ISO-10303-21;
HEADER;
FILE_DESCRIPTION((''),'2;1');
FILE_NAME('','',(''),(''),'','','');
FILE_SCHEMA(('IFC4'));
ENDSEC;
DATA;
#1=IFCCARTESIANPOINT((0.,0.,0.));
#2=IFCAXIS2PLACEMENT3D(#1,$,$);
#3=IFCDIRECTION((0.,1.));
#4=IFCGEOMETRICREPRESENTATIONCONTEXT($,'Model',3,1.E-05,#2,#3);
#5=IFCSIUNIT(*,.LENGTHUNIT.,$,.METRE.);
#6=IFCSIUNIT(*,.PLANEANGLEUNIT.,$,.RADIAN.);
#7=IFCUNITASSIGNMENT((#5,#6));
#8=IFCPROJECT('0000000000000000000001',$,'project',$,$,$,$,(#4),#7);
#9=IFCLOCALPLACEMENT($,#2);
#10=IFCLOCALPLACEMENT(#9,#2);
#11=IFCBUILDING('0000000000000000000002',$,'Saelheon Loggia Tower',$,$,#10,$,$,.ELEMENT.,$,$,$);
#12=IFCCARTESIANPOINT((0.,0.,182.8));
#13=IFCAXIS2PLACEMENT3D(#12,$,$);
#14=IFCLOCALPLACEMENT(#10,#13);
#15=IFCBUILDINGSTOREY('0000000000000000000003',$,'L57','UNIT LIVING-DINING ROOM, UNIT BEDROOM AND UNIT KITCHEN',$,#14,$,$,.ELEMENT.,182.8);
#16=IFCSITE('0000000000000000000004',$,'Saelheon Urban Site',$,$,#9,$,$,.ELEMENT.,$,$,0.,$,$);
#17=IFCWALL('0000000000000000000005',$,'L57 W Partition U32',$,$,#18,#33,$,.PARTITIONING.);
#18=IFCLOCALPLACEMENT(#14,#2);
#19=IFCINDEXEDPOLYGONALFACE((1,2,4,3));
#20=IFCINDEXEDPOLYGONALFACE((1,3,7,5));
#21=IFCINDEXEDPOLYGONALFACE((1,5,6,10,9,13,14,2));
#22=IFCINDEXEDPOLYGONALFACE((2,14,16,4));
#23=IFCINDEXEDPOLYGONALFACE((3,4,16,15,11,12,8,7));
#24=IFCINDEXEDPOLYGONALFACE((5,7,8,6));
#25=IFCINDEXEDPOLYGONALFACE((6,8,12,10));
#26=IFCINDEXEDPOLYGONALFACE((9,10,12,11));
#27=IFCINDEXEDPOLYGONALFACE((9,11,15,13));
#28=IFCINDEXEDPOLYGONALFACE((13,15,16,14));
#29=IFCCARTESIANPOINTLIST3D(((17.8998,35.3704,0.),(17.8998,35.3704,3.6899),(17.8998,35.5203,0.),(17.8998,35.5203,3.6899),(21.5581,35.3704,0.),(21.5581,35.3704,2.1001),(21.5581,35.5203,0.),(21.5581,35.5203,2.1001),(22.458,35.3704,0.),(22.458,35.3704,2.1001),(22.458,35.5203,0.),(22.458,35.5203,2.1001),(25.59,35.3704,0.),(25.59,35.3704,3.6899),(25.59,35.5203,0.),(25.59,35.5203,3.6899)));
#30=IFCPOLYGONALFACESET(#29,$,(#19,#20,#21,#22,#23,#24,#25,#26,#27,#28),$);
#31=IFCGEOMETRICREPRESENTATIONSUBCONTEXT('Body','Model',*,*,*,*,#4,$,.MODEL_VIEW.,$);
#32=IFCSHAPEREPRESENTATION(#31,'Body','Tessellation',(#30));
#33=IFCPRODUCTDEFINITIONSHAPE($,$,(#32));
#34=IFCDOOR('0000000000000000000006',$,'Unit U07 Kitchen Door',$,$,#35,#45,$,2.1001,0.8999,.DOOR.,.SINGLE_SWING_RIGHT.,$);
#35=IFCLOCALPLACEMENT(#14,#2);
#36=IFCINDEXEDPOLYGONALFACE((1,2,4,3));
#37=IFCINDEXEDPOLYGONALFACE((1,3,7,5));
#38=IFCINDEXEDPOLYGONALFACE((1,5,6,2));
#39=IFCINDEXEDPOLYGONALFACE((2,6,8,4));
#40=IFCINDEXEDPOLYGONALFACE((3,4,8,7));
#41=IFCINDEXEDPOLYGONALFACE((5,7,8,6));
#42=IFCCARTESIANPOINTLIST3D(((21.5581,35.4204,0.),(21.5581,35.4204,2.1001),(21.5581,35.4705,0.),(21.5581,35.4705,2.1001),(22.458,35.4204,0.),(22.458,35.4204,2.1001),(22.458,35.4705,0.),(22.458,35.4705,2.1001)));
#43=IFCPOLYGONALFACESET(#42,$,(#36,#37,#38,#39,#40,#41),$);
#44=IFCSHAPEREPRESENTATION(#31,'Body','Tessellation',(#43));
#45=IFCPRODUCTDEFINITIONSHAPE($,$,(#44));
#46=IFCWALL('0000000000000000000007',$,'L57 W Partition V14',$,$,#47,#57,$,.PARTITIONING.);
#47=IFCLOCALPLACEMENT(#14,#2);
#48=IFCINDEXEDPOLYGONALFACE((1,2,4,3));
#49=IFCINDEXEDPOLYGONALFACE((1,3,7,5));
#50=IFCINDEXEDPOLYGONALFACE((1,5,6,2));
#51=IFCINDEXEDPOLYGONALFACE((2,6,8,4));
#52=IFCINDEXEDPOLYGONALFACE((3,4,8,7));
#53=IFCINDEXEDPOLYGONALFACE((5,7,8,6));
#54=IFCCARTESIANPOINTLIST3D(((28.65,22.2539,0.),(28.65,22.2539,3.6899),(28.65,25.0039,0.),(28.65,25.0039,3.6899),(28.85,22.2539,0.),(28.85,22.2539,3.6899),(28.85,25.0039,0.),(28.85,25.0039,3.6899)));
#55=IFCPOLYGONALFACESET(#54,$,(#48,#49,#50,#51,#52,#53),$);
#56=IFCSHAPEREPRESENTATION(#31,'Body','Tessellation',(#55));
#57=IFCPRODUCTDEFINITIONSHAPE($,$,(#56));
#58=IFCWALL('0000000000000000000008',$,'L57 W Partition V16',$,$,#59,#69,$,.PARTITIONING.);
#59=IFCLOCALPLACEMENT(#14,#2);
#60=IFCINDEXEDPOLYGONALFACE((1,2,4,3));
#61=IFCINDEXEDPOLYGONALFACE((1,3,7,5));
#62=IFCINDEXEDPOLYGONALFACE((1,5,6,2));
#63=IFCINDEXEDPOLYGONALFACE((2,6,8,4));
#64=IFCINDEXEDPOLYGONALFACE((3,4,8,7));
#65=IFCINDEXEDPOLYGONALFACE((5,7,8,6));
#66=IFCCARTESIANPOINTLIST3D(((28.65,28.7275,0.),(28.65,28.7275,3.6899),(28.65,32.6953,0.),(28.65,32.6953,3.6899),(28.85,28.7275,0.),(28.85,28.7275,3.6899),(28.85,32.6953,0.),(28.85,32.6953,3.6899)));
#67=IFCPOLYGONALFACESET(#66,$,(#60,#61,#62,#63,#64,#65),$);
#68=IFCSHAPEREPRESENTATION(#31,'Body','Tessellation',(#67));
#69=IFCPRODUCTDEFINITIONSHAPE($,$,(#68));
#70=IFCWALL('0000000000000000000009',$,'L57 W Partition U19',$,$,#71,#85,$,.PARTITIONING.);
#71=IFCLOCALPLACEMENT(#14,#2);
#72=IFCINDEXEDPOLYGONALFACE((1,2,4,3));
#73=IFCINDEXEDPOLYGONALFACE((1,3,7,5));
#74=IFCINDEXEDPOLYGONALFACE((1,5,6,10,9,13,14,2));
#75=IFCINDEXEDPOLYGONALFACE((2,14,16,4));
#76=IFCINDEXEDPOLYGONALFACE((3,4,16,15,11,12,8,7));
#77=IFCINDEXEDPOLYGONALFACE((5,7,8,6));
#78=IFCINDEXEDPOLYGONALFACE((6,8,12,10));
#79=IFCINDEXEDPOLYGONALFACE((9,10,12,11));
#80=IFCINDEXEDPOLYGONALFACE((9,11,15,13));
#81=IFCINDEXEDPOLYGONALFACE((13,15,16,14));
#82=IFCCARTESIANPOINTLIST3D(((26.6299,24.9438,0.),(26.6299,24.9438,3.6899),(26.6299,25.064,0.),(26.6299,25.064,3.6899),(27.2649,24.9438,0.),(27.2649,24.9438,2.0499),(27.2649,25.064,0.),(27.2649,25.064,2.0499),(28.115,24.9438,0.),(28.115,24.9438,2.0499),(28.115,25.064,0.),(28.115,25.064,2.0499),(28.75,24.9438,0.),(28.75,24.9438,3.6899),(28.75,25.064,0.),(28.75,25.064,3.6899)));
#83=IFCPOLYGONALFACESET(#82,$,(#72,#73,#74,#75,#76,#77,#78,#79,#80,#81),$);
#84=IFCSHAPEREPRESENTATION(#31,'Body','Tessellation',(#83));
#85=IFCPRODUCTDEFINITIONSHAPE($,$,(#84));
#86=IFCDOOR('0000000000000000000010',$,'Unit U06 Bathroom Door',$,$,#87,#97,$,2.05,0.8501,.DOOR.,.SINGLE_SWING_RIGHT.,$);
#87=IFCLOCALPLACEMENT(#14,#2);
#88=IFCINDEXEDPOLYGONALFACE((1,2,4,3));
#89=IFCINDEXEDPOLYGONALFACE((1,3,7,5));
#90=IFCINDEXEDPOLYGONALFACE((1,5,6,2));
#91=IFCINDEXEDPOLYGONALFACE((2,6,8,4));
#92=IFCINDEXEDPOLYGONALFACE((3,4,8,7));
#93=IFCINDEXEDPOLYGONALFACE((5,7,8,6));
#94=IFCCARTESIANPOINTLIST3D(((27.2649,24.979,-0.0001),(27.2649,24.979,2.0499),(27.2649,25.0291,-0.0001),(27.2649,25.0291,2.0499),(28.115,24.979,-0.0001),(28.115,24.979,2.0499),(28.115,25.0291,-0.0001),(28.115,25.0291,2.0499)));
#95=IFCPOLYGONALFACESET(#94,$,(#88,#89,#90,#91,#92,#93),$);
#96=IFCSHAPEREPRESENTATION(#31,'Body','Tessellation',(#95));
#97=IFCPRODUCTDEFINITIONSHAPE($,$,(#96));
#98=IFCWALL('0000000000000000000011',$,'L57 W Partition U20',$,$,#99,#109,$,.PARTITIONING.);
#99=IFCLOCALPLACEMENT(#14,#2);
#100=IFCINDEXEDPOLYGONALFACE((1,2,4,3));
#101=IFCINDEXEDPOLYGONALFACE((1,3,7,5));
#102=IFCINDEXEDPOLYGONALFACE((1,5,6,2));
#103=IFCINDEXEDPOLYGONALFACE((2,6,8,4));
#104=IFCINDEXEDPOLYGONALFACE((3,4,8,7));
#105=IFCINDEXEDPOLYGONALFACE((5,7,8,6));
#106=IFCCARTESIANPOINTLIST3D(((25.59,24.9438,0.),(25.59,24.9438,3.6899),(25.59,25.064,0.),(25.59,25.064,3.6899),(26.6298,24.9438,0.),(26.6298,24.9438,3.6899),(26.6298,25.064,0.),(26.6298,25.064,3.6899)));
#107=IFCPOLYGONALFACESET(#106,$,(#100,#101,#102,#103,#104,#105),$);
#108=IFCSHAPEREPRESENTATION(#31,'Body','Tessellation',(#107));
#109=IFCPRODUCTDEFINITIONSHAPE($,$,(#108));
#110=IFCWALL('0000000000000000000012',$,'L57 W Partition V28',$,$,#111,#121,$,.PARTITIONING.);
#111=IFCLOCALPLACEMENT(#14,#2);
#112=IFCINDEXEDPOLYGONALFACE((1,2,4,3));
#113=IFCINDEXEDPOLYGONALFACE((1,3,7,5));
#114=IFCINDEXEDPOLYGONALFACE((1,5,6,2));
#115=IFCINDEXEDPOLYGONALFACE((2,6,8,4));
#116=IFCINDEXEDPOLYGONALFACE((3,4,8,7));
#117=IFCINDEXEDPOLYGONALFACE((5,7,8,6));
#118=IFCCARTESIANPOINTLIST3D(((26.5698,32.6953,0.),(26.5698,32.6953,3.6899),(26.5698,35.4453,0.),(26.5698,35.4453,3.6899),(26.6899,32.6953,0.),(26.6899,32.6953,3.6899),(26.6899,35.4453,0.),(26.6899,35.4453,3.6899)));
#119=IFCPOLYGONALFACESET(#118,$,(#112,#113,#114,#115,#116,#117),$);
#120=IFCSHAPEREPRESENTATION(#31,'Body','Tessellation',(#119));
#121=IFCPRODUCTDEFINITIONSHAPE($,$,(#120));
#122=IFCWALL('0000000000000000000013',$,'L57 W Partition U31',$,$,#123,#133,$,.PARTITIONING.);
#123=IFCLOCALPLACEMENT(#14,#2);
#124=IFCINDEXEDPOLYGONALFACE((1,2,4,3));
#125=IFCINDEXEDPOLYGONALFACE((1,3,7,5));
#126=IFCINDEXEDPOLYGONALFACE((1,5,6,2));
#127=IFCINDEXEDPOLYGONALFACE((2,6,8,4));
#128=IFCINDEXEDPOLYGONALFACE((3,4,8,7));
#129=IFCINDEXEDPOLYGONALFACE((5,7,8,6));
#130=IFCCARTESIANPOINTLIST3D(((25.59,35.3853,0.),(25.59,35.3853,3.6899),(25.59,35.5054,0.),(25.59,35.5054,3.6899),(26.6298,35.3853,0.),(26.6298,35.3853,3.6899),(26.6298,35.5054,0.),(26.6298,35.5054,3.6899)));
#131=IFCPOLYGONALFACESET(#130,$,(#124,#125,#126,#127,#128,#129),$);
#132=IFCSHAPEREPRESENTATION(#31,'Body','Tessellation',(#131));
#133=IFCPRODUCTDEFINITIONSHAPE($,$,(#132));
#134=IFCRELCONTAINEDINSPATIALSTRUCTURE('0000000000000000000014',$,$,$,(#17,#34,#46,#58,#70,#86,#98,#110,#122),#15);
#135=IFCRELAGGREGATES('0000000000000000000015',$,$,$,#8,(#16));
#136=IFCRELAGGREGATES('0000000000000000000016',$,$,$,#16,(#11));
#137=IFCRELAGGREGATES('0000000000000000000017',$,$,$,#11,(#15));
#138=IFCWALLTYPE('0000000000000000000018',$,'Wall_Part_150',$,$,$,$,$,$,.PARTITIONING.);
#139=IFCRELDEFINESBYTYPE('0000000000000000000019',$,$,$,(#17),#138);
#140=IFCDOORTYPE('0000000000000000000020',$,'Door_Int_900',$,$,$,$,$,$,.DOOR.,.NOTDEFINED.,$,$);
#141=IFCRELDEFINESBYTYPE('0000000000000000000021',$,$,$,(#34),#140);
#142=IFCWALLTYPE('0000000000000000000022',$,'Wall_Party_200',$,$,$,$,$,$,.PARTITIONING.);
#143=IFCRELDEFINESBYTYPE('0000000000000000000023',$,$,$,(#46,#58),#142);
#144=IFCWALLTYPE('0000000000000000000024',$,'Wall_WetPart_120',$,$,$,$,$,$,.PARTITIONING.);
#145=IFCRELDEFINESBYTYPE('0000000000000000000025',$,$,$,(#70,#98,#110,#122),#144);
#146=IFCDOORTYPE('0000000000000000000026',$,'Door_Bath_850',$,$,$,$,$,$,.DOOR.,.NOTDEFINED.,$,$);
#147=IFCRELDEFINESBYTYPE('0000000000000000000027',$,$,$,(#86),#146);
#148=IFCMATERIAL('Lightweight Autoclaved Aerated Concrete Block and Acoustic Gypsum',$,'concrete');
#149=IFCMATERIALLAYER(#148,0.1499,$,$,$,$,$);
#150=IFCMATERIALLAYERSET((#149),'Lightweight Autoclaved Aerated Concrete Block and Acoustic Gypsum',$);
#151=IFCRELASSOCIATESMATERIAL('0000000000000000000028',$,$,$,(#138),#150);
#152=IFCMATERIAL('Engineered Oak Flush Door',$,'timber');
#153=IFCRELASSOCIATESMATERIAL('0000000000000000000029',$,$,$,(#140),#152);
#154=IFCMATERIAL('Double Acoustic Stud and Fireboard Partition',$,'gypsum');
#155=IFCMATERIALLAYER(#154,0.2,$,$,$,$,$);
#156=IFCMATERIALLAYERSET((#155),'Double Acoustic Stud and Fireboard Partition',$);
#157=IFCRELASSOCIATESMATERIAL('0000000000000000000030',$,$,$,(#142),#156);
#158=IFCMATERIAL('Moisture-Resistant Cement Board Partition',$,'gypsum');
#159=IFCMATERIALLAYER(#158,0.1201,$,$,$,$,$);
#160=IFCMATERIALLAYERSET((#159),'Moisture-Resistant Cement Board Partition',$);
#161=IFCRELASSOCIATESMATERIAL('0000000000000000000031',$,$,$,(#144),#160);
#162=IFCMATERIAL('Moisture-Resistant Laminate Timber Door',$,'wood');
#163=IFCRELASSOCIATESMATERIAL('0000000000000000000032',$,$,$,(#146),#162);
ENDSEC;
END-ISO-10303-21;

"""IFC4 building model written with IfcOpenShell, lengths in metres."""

from ifc_helpers import new_model, si_unit, direction, frame, frame_2d, origin, place, context, subcontext, project, spatial, rectangle, extrude, source, transform, mapped, material, layer, layer_set, type_object, element, fill, save


model = new_model("IFC4")

# Units and contexts
model_context = context("Model", 3, precision=1e-05, world=origin(), true_north=direction((0.0, 1.0)))
body_context = subcontext(model_context, "Body", "Model", "MODEL_VIEW")
ifc_project = project(units=[si_unit("LENGTHUNIT", "METRE"), si_unit("PLANEANGLEUNIT", "RADIAN")], contexts=[model_context])

# Site, building, storey
site_placement = place(None, origin())
site = spatial("IfcSite", under=ifc_project, at=site_placement, Name="Saelheon Urban Site", CompositionType="ELEMENT", RefElevation=0.0)
building_placement = place(site_placement, origin())
building = spatial("IfcBuilding", under=site, at=building_placement, Name="Saelheon Loggia Tower", CompositionType="ELEMENT")
storey_placement = place(building_placement, frame((0.0, 0.0, 182.8)))
storey = spatial("IfcBuildingStorey", under=building, at=storey_placement, Name="L57", Description="UNIT LIVING-DINING ROOM, UNIT BEDROOM AND UNIT KITCHEN", CompositionType="ELEMENT", Elevation=182.8)

# Shared definitions
ifc_material_1 = material(Name="Lightweight Autoclaved Aerated Concrete Block and Acoustic Gypsum", Category="concrete")
ifc_layer_1 = layer(ifc_material_1, 0.1499)
ifc_layer_set_1 = layer_set([ifc_layer_1], Name="Lightweight Autoclaved Aerated Concrete Block and Acoustic Gypsum")
wall_type_1 = type_object("IfcWallType", Name="Wall_Part_150", PredefinedType="PARTITIONING", material=ifc_layer_set_1)

# Wall, opening, door
ifc_material_2 = material(Name="Engineered Oak Flush Door", Category="timber")
door_type_1 = type_object("IfcDoorType", Name="Door_Int_900", OperationType="NOTDEFINED", PredefinedType="DOOR", material=ifc_material_2)
shared_shape_1 = source(origin(), body_context, "Body", "SweptSolid", [
    extrude(rectangle(XDim=0.8999, YDim=2.1001, at=frame_2d((0.45, 1.05))), frame((0.0, 0.0249, 0.0), z_axis=(0.0, -1.0, 0.0), x_axis=(1.0, 0.0, 0.0)), (0.0, 0.0, 1.0), 0.05),
])
wall_1_placement = place(storey_placement, frame((25.5901, 35.4453, 0.0), z_axis=(0.0, 0.0, 1.0), x_axis=(-1.0, 0.0, 0.0)))
wall_1 = element("IfcWall", 1, at=wall_1_placement, inside=storey, type_object=wall_type_1, Name="L57 W Partition U32", PredefinedType="PARTITIONING", context=body_context, shape_type="SweptSolid", body=[
    extrude(rectangle(XDim=7.6902, YDim=0.1499, at=frame_2d((3.8452, 0.0))), origin(), (0.0, 0.0, 1.0), 3.6899),
])
opening_1_placement = place(wall_1_placement, frame((3.1321, 0.0, 0.0)))
opening_1 = element("IfcOpeningElement", 2, at=opening_1_placement, cuts=wall_1, PredefinedType="OPENING", context=body_context, shape_type="SweptSolid", body=[
    extrude(rectangle(XDim=0.8999, YDim=2.1001, at=frame_2d((0.45, 1.05))), frame((0.0, 0.0869, 0.0), z_axis=(0.0, -1.0, 0.0), x_axis=(1.0, 0.0, 0.0)), (0.0, 0.0, 1.0), 0.1738),
])
door_1_placement = place(opening_1_placement, origin())
door_1 = element("IfcDoor", 3, at=door_1_placement, inside=storey, type_object=door_type_1, Name="Unit U07 Kitchen Door", OperationType="SINGLE_SWING_RIGHT", OverallHeight=2.1001, OverallWidth=0.8999, PredefinedType="DOOR", context=body_context, shape_type="MappedRepresentation", body=[
    mapped(shared_shape_1, transform((0.0, 0.0, 0.0), scale=1.0)),
])
fill(opening_1, door_1)

# Wall
ifc_material_3 = material(Name="Double Acoustic Stud and Fireboard Partition", Category="gypsum")
ifc_layer_2 = layer(ifc_material_3, 0.2)
ifc_layer_set_2 = layer_set([ifc_layer_2], Name="Double Acoustic Stud and Fireboard Partition")
wall_type_2 = type_object("IfcWallType", Name="Wall_Party_200", PredefinedType="PARTITIONING", material=ifc_layer_set_2)
wall_2_placement = place(storey_placement, frame((28.75, 22.2539, 0.0), z_axis=(0.0, 0.0, 1.0), x_axis=(0.0, 1.0, 0.0)))
element("IfcWall", 4, at=wall_2_placement, inside=storey, type_object=wall_type_2, Name="L57 W Partition V14", PredefinedType="PARTITIONING", context=body_context, shape_type="SweptSolid", body=[
    extrude(rectangle(XDim=2.75, YDim=0.2, at=frame_2d((1.375, 0.0))), origin(), (0.0, 0.0, 1.0), 3.6899),
])

# Wall
wall_3_placement = place(storey_placement, frame((28.75, 28.7275, 0.0), z_axis=(0.0, 0.0, 1.0), x_axis=(0.0, 1.0, 0.0)))
element("IfcWall", 5, at=wall_3_placement, inside=storey, type_object=wall_type_2, Name="L57 W Partition V16", PredefinedType="PARTITIONING", context=body_context, shape_type="SweptSolid", body=[
    extrude(rectangle(XDim=3.9678, YDim=0.2, at=frame_2d((1.9839, 0.0))), origin(), (0.0, 0.0, 1.0), 3.6899),
])

# Wall, opening, door
ifc_material_4 = material(Name="Moisture-Resistant Cement Board Partition", Category="gypsum")
ifc_layer_3 = layer(ifc_material_4, 0.1201)
ifc_layer_set_3 = layer_set([ifc_layer_3], Name="Moisture-Resistant Cement Board Partition")
wall_type_3 = type_object("IfcWallType", Name="Wall_WetPart_120", PredefinedType="PARTITIONING", material=ifc_layer_set_3)
wall_4_placement = place(storey_placement, frame((28.75, 25.0039, 0.0), z_axis=(0.0, 0.0, 1.0), x_axis=(-1.0, 0.0, 0.0)))
wall_4 = element("IfcWall", 6, at=wall_4_placement, inside=storey, type_object=wall_type_3, Name="L57 W Partition U19", PredefinedType="PARTITIONING", context=body_context, shape_type="SweptSolid", body=[
    extrude(rectangle(XDim=2.1201, YDim=0.1201, at=frame_2d((1.0601, 0.0))), origin(), (0.0, 0.0, 1.0), 3.6899),
])
opening_2_placement = place(wall_4_placement, frame((0.635, 0.0, 0.0)))
opening_2 = element("IfcOpeningElement", 7, at=opening_2_placement, cuts=wall_4, PredefinedType="OPENING", context=body_context, shape_type="SweptSolid", body=[
    extrude(rectangle(XDim=0.8501, YDim=2.05, at=frame_2d((0.425, 1.0249))), frame((0.0, 0.072, 0.0), z_axis=(0.0, -1.0, 0.0), x_axis=(1.0, 0.0, 0.0)), (0.0, 0.0, 1.0), 0.144),
])
ifc_material_5 = material(Name="Moisture-Resistant Laminate Timber Door", Category="wood")
door_type_2 = type_object("IfcDoorType", Name="Door_Bath_850", OperationType="NOTDEFINED", PredefinedType="DOOR", material=ifc_material_5)
shared_shape_2 = source(origin(), body_context, "Body", "SweptSolid", [
    extrude(rectangle(XDim=0.8501, YDim=2.05, at=frame_2d((0.425, 1.0249))), frame((0.0, 0.0249, 0.0), z_axis=(0.0, -1.0, 0.0), x_axis=(1.0, 0.0, 0.0)), (0.0, 0.0, 1.0), 0.05),
])
door_2_placement = place(opening_2_placement, origin())
door_2 = element("IfcDoor", 8, at=door_2_placement, inside=storey, type_object=door_type_2, Name="Unit U06 Bathroom Door", OperationType="SINGLE_SWING_RIGHT", OverallHeight=2.05, OverallWidth=0.8501, PredefinedType="DOOR", context=body_context, shape_type="MappedRepresentation", body=[
    mapped(shared_shape_2, transform((0.0, 0.0, 0.0), scale=1.0)),
])
fill(opening_2, door_2)

# Walls
wall_5_placement = place(storey_placement, frame((26.6299, 25.0039, 0.0), z_axis=(0.0, 0.0, 1.0), x_axis=(-1.0, 0.0, 0.0)))
element("IfcWall", 9, at=wall_5_placement, inside=storey, type_object=wall_type_3, Name="L57 W Partition U20", PredefinedType="PARTITIONING", context=body_context, shape_type="SweptSolid", body=[
    extrude(rectangle(XDim=1.0398, YDim=0.1201, at=frame_2d((0.52, 0.0))), origin(), (0.0, 0.0, 1.0), 3.6899),
])
wall_6_placement = place(storey_placement, frame((26.6299, 32.6953, 0.0), z_axis=(0.0, 0.0, 1.0), x_axis=(0.0, 1.0, 0.0)))
element("IfcWall", 10, at=wall_6_placement, inside=storey, type_object=wall_type_3, Name="L57 W Partition V28", PredefinedType="PARTITIONING", context=body_context, shape_type="SweptSolid", body=[
    extrude(rectangle(XDim=2.75, YDim=0.1201, at=frame_2d((1.375, 0.0))), origin(), (0.0, 0.0, 1.0), 3.6899),
])
wall_7_placement = place(storey_placement, frame((26.6299, 35.4453, 0.0), z_axis=(0.0, 0.0, 1.0), x_axis=(-1.0, 0.0, 0.0)))
element("IfcWall", 11, at=wall_7_placement, inside=storey, type_object=wall_type_3, Name="L57 W Partition U31", PredefinedType="PARTITIONING", context=body_context, shape_type="SweptSolid", body=[
    extrude(rectangle(XDim=1.0398, YDim=0.1201, at=frame_2d((0.52, 0.0))), origin(), (0.0, 0.0, 1.0), 3.6899),
])

save(model, "model.ifc")
